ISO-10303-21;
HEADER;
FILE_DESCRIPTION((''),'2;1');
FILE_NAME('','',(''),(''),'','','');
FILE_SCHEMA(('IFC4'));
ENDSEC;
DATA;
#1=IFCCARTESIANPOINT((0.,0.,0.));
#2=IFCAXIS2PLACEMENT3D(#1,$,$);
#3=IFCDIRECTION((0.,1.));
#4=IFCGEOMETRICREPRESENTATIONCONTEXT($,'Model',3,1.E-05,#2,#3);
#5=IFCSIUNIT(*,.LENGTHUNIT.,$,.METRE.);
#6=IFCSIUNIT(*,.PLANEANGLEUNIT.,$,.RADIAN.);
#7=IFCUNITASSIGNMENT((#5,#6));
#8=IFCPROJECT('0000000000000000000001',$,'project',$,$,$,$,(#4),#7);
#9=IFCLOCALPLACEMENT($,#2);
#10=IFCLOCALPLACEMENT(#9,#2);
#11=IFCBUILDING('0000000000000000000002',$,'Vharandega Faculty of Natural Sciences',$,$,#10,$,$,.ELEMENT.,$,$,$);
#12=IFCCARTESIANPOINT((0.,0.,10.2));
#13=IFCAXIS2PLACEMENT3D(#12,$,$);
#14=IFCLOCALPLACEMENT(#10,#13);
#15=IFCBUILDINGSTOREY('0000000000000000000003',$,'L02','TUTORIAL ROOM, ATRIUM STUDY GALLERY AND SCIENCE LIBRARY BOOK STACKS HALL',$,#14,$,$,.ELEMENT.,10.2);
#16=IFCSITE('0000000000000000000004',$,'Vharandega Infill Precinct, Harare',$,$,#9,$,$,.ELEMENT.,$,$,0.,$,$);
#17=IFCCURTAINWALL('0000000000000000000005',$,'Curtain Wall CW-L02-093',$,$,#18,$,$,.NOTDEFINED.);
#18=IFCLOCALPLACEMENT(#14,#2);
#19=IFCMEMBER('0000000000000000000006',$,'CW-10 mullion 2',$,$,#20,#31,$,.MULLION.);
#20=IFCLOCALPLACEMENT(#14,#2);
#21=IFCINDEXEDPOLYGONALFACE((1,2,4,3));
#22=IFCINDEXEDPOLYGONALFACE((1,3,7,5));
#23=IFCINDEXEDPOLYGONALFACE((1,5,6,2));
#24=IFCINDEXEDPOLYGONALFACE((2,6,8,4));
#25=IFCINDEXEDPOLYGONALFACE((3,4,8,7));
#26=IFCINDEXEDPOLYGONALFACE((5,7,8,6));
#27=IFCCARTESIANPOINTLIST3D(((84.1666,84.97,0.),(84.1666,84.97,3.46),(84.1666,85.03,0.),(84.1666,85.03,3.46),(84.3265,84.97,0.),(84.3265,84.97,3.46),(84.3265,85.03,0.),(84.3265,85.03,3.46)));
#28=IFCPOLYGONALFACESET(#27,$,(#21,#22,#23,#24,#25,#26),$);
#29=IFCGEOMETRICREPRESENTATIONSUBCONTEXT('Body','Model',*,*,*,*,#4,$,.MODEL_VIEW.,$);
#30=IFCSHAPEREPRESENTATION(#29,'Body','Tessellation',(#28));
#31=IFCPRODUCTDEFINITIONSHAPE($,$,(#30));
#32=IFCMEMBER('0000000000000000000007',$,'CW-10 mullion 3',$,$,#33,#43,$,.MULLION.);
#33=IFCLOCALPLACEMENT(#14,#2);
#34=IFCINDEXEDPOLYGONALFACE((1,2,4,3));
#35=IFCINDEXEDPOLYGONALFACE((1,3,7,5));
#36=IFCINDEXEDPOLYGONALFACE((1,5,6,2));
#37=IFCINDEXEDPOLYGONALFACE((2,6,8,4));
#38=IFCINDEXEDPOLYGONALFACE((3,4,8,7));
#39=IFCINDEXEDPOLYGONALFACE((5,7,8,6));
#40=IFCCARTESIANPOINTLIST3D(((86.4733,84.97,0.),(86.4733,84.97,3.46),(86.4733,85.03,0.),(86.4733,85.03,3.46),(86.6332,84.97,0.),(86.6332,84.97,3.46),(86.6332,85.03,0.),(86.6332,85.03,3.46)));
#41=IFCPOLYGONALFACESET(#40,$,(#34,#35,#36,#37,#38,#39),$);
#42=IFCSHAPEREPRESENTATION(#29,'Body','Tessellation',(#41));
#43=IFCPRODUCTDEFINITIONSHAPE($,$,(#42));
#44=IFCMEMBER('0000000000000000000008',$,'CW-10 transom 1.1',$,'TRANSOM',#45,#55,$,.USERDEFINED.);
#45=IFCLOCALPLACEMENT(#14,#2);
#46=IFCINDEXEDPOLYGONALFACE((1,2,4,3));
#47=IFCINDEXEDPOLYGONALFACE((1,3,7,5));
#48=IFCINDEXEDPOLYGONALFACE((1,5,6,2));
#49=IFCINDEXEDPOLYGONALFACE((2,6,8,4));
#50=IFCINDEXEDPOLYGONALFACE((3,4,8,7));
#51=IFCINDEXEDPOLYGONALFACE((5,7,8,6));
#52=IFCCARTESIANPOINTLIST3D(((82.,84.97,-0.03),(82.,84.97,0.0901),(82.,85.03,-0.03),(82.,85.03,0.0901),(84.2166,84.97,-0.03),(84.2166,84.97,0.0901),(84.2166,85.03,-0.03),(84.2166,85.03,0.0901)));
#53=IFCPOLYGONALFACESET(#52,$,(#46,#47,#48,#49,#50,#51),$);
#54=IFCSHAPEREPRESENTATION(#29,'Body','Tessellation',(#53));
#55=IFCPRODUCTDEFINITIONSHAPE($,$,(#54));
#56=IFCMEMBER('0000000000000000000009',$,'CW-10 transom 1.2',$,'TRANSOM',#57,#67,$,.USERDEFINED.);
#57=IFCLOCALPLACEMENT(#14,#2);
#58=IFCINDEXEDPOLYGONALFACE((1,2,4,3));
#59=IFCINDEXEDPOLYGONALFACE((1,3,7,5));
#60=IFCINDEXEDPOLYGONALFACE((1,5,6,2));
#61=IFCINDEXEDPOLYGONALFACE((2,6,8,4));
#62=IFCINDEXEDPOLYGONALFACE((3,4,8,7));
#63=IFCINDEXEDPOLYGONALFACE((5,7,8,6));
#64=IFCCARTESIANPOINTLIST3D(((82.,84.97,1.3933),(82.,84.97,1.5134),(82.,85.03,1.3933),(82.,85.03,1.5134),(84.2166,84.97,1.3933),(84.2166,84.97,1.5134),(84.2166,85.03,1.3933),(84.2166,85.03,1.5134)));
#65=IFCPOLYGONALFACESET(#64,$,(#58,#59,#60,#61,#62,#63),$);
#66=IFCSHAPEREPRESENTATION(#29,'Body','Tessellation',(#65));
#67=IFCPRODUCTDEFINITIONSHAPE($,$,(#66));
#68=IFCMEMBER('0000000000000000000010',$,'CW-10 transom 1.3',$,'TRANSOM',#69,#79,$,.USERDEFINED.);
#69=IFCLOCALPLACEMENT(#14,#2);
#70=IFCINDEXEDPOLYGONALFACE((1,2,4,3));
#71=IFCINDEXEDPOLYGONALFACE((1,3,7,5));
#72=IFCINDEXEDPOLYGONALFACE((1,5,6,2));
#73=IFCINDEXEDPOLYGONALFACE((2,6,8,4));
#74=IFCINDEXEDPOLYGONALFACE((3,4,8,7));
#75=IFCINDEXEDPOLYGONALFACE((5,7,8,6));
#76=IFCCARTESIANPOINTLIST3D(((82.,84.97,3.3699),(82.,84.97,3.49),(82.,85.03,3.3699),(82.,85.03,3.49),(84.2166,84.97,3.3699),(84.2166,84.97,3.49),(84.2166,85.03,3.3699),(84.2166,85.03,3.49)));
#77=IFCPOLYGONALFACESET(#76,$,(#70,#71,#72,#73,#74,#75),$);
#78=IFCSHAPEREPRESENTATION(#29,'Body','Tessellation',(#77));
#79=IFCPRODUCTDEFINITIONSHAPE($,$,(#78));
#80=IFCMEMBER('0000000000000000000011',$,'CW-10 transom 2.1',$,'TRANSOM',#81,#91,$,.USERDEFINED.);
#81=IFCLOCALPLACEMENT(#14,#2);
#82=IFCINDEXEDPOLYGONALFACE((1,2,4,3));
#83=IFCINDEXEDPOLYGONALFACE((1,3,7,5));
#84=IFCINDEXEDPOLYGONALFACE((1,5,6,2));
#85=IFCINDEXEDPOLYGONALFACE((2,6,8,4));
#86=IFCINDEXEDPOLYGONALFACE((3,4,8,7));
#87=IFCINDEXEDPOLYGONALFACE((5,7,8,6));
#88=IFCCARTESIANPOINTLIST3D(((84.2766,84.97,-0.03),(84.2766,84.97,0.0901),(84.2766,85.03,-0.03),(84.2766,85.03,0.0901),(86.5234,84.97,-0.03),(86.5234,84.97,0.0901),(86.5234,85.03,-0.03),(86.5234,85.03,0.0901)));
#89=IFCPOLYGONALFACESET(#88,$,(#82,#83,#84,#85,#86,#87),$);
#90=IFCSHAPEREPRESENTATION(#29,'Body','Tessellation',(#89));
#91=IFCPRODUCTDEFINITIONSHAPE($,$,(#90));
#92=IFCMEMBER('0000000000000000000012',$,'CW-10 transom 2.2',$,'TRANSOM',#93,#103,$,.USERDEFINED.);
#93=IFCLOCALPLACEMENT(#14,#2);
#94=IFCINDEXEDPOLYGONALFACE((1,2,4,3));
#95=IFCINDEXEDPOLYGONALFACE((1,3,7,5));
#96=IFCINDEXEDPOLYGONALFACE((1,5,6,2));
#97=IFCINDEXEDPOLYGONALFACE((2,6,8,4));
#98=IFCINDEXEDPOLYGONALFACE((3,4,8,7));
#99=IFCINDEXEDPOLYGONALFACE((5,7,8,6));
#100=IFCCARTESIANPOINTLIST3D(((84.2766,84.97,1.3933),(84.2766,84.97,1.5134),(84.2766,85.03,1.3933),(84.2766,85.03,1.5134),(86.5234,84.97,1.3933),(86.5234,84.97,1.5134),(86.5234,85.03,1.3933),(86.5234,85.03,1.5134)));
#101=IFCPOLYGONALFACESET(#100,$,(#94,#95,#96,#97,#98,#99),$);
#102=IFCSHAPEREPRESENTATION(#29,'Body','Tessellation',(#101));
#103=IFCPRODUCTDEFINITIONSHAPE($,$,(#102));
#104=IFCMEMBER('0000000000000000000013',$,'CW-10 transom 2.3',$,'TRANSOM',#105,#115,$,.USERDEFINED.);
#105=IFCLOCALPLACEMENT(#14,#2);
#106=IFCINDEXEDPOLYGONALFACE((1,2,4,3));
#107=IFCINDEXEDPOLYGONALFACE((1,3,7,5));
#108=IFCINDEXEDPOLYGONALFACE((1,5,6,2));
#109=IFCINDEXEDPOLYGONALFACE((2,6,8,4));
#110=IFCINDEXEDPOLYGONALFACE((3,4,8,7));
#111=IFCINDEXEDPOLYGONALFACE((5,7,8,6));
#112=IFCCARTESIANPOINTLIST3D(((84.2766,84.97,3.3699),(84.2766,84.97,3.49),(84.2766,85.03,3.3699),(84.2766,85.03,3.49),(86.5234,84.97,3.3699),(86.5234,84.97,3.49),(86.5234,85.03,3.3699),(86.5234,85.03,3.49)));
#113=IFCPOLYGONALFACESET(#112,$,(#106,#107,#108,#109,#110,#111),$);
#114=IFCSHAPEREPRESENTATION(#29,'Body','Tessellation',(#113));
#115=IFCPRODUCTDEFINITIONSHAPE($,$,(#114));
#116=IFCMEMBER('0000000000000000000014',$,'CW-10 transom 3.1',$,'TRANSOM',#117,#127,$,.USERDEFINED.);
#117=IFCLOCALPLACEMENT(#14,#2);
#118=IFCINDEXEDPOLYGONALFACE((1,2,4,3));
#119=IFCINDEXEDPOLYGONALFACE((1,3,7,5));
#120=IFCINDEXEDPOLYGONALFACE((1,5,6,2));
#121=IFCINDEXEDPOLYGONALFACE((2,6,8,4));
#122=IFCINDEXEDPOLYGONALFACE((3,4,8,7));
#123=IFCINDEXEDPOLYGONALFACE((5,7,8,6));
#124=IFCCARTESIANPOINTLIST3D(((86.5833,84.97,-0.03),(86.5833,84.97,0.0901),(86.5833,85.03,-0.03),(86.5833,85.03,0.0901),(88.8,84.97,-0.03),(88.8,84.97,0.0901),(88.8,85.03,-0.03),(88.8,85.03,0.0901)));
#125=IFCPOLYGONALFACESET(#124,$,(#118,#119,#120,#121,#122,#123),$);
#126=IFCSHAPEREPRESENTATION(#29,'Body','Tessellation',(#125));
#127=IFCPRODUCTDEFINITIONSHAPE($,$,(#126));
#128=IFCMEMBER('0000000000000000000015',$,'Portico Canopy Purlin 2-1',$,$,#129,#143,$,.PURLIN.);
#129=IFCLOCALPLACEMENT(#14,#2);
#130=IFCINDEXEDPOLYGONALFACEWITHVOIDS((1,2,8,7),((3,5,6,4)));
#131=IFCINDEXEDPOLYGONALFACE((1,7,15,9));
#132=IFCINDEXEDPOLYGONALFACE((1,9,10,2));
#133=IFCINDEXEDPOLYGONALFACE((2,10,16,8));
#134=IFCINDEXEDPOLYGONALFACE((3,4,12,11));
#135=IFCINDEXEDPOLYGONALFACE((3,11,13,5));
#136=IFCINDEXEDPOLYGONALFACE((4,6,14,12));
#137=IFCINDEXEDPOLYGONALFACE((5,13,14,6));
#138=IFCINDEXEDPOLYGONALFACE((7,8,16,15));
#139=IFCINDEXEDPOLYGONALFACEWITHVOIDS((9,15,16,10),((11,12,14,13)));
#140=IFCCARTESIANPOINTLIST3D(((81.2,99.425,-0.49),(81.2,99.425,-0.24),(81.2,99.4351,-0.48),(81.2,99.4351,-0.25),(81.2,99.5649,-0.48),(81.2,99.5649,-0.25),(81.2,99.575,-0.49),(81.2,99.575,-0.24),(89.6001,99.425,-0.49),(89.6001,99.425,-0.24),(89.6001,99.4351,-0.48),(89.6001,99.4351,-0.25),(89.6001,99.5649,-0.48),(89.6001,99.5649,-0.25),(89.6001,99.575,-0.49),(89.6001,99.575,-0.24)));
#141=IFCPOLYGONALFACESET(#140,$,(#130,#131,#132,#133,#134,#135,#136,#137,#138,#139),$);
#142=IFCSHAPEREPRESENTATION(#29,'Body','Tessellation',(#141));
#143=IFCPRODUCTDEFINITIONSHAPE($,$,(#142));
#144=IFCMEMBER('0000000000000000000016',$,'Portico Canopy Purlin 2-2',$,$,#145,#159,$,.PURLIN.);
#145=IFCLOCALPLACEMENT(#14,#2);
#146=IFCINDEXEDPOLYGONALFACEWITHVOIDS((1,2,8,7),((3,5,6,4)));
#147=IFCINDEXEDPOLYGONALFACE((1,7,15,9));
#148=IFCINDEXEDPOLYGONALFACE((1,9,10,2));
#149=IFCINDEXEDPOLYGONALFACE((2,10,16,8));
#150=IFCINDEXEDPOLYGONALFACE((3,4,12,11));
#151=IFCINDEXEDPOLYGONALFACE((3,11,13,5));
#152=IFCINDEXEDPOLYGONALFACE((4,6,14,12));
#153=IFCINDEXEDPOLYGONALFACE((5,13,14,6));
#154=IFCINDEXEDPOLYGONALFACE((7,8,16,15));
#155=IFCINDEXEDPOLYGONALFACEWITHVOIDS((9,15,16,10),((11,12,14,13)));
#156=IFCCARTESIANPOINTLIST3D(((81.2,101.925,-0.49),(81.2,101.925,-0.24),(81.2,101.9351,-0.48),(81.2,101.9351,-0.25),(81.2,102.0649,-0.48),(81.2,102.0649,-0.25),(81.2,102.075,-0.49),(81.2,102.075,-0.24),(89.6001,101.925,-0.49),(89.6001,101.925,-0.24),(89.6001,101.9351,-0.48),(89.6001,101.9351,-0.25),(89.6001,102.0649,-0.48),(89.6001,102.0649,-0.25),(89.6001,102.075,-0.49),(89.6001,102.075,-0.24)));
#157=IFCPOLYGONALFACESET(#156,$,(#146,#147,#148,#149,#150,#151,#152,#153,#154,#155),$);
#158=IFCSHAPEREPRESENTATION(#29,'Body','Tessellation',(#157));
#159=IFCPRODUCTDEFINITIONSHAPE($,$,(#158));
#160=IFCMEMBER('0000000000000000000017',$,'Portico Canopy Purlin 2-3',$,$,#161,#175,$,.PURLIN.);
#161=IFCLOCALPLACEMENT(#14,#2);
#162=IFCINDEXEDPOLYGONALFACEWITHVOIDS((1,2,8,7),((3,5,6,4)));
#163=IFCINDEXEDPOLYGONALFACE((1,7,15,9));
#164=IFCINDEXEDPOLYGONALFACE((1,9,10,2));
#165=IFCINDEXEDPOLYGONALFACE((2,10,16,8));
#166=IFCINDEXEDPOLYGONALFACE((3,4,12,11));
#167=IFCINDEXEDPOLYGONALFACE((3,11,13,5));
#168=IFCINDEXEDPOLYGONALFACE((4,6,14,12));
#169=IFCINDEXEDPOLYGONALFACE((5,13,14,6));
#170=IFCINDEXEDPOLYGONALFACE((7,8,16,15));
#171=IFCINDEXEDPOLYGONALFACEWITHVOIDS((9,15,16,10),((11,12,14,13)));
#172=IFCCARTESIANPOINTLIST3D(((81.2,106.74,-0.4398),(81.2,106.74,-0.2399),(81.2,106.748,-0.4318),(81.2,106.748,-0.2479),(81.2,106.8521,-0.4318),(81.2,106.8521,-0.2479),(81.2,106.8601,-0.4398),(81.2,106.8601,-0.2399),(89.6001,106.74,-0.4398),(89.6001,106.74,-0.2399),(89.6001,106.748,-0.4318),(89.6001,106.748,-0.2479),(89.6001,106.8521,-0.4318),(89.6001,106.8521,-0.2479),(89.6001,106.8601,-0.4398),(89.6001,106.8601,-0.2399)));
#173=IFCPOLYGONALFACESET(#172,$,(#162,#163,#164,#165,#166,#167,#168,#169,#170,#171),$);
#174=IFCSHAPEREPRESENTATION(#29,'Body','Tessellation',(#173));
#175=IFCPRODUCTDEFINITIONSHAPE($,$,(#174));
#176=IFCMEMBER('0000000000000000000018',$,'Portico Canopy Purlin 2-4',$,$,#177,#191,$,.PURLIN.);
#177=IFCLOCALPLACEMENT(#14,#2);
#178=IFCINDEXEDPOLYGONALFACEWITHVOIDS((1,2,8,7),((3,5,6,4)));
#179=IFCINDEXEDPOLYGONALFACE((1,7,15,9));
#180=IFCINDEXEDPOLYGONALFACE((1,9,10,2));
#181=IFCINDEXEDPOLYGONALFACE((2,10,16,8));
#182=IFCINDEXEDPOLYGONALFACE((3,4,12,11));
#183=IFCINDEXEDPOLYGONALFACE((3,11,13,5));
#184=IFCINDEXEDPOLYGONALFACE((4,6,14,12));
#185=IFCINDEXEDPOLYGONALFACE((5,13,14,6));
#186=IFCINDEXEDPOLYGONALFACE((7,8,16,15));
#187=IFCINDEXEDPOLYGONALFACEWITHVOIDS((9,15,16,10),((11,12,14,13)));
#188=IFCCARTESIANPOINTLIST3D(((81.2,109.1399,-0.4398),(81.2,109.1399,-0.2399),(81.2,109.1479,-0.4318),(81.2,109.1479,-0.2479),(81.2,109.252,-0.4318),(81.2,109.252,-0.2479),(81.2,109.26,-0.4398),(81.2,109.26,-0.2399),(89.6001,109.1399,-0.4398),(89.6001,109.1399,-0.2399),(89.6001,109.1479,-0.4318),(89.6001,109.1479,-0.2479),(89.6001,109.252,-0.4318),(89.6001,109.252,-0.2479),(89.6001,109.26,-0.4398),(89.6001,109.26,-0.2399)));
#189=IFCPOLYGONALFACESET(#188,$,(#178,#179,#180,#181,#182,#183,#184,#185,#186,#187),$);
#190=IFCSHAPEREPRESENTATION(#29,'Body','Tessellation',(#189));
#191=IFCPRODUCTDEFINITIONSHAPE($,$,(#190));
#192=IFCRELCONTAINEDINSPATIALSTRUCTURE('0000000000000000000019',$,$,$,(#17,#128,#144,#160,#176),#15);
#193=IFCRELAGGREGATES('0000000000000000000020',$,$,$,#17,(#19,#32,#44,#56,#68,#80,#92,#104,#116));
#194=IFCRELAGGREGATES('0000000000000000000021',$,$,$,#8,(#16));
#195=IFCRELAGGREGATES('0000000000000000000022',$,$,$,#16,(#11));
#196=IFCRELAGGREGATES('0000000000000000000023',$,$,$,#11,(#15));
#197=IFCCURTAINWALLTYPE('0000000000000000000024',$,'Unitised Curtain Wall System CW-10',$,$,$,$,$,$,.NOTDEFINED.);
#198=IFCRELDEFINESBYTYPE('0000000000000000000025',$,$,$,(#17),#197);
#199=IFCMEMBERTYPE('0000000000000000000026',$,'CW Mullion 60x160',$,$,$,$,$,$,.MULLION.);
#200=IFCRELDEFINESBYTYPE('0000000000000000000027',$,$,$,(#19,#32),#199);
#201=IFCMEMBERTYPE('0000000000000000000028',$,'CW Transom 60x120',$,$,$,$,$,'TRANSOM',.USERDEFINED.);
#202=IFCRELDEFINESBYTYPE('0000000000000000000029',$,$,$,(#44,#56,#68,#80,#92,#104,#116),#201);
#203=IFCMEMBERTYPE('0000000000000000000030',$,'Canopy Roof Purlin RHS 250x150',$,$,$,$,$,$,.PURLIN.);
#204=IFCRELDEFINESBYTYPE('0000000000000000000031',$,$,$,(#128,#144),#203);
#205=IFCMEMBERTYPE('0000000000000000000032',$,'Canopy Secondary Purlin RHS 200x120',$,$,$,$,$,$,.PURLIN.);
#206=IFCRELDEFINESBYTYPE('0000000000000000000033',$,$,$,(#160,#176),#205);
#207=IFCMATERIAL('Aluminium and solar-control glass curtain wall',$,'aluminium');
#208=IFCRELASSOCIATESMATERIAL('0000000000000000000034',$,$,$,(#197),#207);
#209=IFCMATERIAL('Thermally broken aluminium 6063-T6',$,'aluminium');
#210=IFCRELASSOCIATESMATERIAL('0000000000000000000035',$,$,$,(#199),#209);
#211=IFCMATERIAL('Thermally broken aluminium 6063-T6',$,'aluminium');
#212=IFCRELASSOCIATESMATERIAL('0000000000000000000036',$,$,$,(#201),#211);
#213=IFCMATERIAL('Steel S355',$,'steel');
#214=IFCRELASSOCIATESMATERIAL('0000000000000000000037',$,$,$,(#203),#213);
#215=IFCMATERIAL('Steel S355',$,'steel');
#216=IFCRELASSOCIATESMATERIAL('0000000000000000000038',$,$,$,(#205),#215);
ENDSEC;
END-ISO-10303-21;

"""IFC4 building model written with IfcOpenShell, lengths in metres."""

from ifc_helpers import new_model, si_unit, direction, frame, origin, origin_2d, place, context, subcontext, project, spatial, rectangle, hollow_rectangle, extrude, material, material_profile, profile_set, type_object, element, aggregate, save


model = new_model("IFC4")

# Units and contexts
model_context = context("Model", 3, precision=1e-05, world=origin(), true_north=direction((0.0, 1.0)))
body_context = subcontext(model_context, "Body", "Model", "MODEL_VIEW")
ifc_project = project(units=[si_unit("LENGTHUNIT", "METRE"), si_unit("PLANEANGLEUNIT", "RADIAN")], contexts=[model_context])

# Site, building, storey
site_placement = place(None, origin())
site = spatial("IfcSite", under=ifc_project, at=site_placement, Name="Vharandega Infill Precinct, Harare", CompositionType="ELEMENT", RefElevation=0.0)
building_placement = place(site_placement, origin())
building = spatial("IfcBuilding", under=site, at=building_placement, Name="Vharandega Faculty of Natural Sciences", CompositionType="ELEMENT")
storey_placement = place(building_placement, frame((0.0, 0.0, 10.2)))
storey = spatial("IfcBuildingStorey", under=building, at=storey_placement, Name="L02", Description="TUTORIAL ROOM, ATRIUM STUDY GALLERY AND SCIENCE LIBRARY BOOK STACKS HALL", CompositionType="ELEMENT", Elevation=10.2)

# Curtain wall, members
ifc_material_1 = material(Name="Aluminium and solar-control glass curtain wall", Category="aluminium")
curtain_wall_type = type_object("IfcCurtainWallType", Name="Unitised Curtain Wall System CW-10", PredefinedType="NOTDEFINED", material=ifc_material_1)
curtain_wall_placement = place(storey_placement, origin())
curtain_wall = element("IfcCurtainWall", 1, at=curtain_wall_placement, inside=storey, type_object=curtain_wall_type, Name="Curtain Wall CW-L02-093", PredefinedType="NOTDEFINED")
ifc_material_2 = material(Name="Thermally broken aluminium 6063-T6", Category="aluminium")
ifc_material_profile_1 = material_profile(ifc_material_2, rectangle(XDim=0.0601, YDim=0.1599, at=origin_2d()), Name="ALU 60x160")
ifc_profile_set_1 = profile_set([ifc_material_profile_1], Name="Thermally broken aluminium 6063-T6")
member_type_1 = type_object("IfcMemberType", Name="CW Mullion 60x160", PredefinedType="MULLION", material=ifc_profile_set_1)
member_1_placement = place(storey_placement, frame((84.2466, 85.0, 0.0), z_axis=(0.0, 0.0, 1.0), x_axis=(0.0, 1.0, 0.0)))
member_1 = element("IfcMember", 2, at=member_1_placement, type_object=member_type_1, Name="CW-10 mullion 2", PredefinedType="MULLION", context=body_context, shape_type="SweptSolid", body=[
    extrude(rectangle(XDim=0.0601, YDim=0.1599, at=origin_2d()), origin(), (0.0, 0.0, 1.0), 3.46),
])
member_2_placement = place(storey_placement, frame((86.5532, 85.0, 0.0), z_axis=(0.0, 0.0, 1.0), x_axis=(0.0, 1.0, 0.0)))
member_2 = element("IfcMember", 3, at=member_2_placement, type_object=member_type_1, Name="CW-10 mullion 3", PredefinedType="MULLION", context=body_context, shape_type="SweptSolid", body=[
    extrude(rectangle(XDim=0.0601, YDim=0.1599, at=origin_2d()), origin(), (0.0, 0.0, 1.0), 3.46),
])
ifc_material_3 = material(Name="Thermally broken aluminium 6063-T6", Category="aluminium")
ifc_material_profile_2 = material_profile(ifc_material_3, rectangle(XDim=0.0601, YDim=0.1201, at=origin_2d()), Name="ALU 60x120")
ifc_profile_set_2 = profile_set([ifc_material_profile_2], Name="Thermally broken aluminium 6063-T6")
member_type_2 = type_object("IfcMemberType", Name="CW Transom 60x120", ElementType="TRANSOM", PredefinedType="USERDEFINED", material=ifc_profile_set_2)
member_3_placement = place(storey_placement, frame((82.0, 85.0, 0.03), z_axis=(1.0, 0.0, 0.0), x_axis=(0.0, 1.0, 0.0)))
member_3 = element("IfcMember", 4, at=member_3_placement, type_object=member_type_2, Name="CW-10 transom 1.1", ObjectType="TRANSOM", PredefinedType="USERDEFINED", context=body_context, shape_type="SweptSolid", body=[
    extrude(rectangle(XDim=0.0601, YDim=0.1201, at=origin_2d()), origin(), (0.0, 0.0, 1.0), 2.2166),
])
member_4_placement = place(storey_placement, frame((82.0, 85.0, 1.4534), z_axis=(1.0, 0.0, 0.0), x_axis=(0.0, 1.0, 0.0)))
member_4 = element("IfcMember", 5, at=member_4_placement, type_object=member_type_2, Name="CW-10 transom 1.2", ObjectType="TRANSOM", PredefinedType="USERDEFINED", context=body_context, shape_type="SweptSolid", body=[
    extrude(rectangle(XDim=0.0601, YDim=0.1201, at=origin_2d()), origin(), (0.0, 0.0, 1.0), 2.2166),
])
member_5_placement = place(storey_placement, frame((82.0, 85.0, 3.4299), z_axis=(1.0, 0.0, 0.0), x_axis=(0.0, 1.0, 0.0)))
member_5 = element("IfcMember", 6, at=member_5_placement, type_object=member_type_2, Name="CW-10 transom 1.3", ObjectType="TRANSOM", PredefinedType="USERDEFINED", context=body_context, shape_type="SweptSolid", body=[
    extrude(rectangle(XDim=0.0601, YDim=0.1201, at=origin_2d()), origin(), (0.0, 0.0, 1.0), 2.2166),
])
member_6_placement = place(storey_placement, frame((84.2766, 85.0, 0.03), z_axis=(1.0, 0.0, 0.0), x_axis=(0.0, 1.0, 0.0)))
member_6 = element("IfcMember", 7, at=member_6_placement, type_object=member_type_2, Name="CW-10 transom 2.1", ObjectType="TRANSOM", PredefinedType="USERDEFINED", context=body_context, shape_type="SweptSolid", body=[
    extrude(rectangle(XDim=0.0601, YDim=0.1201, at=origin_2d()), origin(), (0.0, 0.0, 1.0), 2.2468),
])
member_7_placement = place(storey_placement, frame((84.2766, 85.0, 1.4534), z_axis=(1.0, 0.0, 0.0), x_axis=(0.0, 1.0, 0.0)))
member_7 = element("IfcMember", 8, at=member_7_placement, type_object=member_type_2, Name="CW-10 transom 2.2", ObjectType="TRANSOM", PredefinedType="USERDEFINED", context=body_context, shape_type="SweptSolid", body=[
    extrude(rectangle(XDim=0.0601, YDim=0.1201, at=origin_2d()), origin(), (0.0, 0.0, 1.0), 2.2468),
])
member_8_placement = place(storey_placement, frame((84.2766, 85.0, 3.4299), z_axis=(1.0, 0.0, 0.0), x_axis=(0.0, 1.0, 0.0)))
member_8 = element("IfcMember", 9, at=member_8_placement, type_object=member_type_2, Name="CW-10 transom 2.3", ObjectType="TRANSOM", PredefinedType="USERDEFINED", context=body_context, shape_type="SweptSolid", body=[
    extrude(rectangle(XDim=0.0601, YDim=0.1201, at=origin_2d()), origin(), (0.0, 0.0, 1.0), 2.2468),
])
member_9_placement = place(storey_placement, frame((86.5833, 85.0, 0.03), z_axis=(1.0, 0.0, 0.0), x_axis=(0.0, 1.0, 0.0)))
member_9 = element("IfcMember", 10, at=member_9_placement, type_object=member_type_2, Name="CW-10 transom 3.1", ObjectType="TRANSOM", PredefinedType="USERDEFINED", context=body_context, shape_type="SweptSolid", body=[
    extrude(rectangle(XDim=0.0601, YDim=0.1201, at=origin_2d()), origin(), (0.0, 0.0, 1.0), 2.2168),
])

# Members
ifc_material_4 = material(Name="Steel S355", Category="steel")
ifc_material_profile_3 = material_profile(ifc_material_4, hollow_rectangle(XDim=0.1499, YDim=0.25, WallThickness=0.01, at=origin_2d()), Name="RHS 250x150x10")
ifc_profile_set_3 = profile_set([ifc_material_profile_3], Name="Steel S355")
member_type_3 = type_object("IfcMemberType", Name="Canopy Roof Purlin RHS 250x150", PredefinedType="PURLIN", material=ifc_profile_set_3)
for number, where, z_axis, x_axis, name in (
    (11, (81.2, 99.5, -0.365), (1.0, 0.0, 0.0), (0.0, 1.0, 0.0), "Portico Canopy Purlin 2-1"),
    (12, (81.2, 102.0, -0.365), (1.0, 0.0, 0.0), (0.0, 1.0, 0.0), "Portico Canopy Purlin 2-2"),
):
    element("IfcMember", number, at=place(storey_placement, frame(where, z_axis=z_axis, x_axis=x_axis)), inside=storey, type_object=member_type_3, Name=name, PredefinedType="PURLIN", context=body_context, shape_type="SweptSolid", body=[
        extrude(hollow_rectangle(XDim=0.1499, YDim=0.25, WallThickness=0.01, at=origin_2d()), origin(), (0.0, 0.0, 1.0), 8.4001),
    ])
ifc_material_5 = material(Name="Steel S355", Category="steel")
ifc_material_profile_4 = material_profile(ifc_material_5, hollow_rectangle(XDim=0.1201, YDim=0.2, WallThickness=0.0081, at=origin_2d()), Name="RHS 200x120x8")
ifc_profile_set_4 = profile_set([ifc_material_profile_4], Name="Steel S355")
member_type_4 = type_object("IfcMemberType", Name="Canopy Secondary Purlin RHS 200x120", PredefinedType="PURLIN", material=ifc_profile_set_4)
for number, where, z_axis, x_axis, name in (
    (13, (81.2, 106.8, -0.3398), (1.0, 0.0, 0.0), (0.0, 1.0, 0.0), "Portico Canopy Purlin 2-3"),
    (14, (81.2, 109.2, -0.3398), (1.0, 0.0, 0.0), (0.0, 1.0, 0.0), "Portico Canopy Purlin 2-4"),
):
    element("IfcMember", number, at=place(storey_placement, frame(where, z_axis=z_axis, x_axis=x_axis)), inside=storey, type_object=member_type_4, Name=name, PredefinedType="PURLIN", context=body_context, shape_type="SweptSolid", body=[
        extrude(hollow_rectangle(XDim=0.1201, YDim=0.2, WallThickness=0.0081, at=origin_2d()), origin(), (0.0, 0.0, 1.0), 8.4001),
    ])

aggregate(curtain_wall, [member_1, member_2, member_3, member_4, member_5, member_6, member_7, member_8, member_9])

save(model, "model.ifc")
